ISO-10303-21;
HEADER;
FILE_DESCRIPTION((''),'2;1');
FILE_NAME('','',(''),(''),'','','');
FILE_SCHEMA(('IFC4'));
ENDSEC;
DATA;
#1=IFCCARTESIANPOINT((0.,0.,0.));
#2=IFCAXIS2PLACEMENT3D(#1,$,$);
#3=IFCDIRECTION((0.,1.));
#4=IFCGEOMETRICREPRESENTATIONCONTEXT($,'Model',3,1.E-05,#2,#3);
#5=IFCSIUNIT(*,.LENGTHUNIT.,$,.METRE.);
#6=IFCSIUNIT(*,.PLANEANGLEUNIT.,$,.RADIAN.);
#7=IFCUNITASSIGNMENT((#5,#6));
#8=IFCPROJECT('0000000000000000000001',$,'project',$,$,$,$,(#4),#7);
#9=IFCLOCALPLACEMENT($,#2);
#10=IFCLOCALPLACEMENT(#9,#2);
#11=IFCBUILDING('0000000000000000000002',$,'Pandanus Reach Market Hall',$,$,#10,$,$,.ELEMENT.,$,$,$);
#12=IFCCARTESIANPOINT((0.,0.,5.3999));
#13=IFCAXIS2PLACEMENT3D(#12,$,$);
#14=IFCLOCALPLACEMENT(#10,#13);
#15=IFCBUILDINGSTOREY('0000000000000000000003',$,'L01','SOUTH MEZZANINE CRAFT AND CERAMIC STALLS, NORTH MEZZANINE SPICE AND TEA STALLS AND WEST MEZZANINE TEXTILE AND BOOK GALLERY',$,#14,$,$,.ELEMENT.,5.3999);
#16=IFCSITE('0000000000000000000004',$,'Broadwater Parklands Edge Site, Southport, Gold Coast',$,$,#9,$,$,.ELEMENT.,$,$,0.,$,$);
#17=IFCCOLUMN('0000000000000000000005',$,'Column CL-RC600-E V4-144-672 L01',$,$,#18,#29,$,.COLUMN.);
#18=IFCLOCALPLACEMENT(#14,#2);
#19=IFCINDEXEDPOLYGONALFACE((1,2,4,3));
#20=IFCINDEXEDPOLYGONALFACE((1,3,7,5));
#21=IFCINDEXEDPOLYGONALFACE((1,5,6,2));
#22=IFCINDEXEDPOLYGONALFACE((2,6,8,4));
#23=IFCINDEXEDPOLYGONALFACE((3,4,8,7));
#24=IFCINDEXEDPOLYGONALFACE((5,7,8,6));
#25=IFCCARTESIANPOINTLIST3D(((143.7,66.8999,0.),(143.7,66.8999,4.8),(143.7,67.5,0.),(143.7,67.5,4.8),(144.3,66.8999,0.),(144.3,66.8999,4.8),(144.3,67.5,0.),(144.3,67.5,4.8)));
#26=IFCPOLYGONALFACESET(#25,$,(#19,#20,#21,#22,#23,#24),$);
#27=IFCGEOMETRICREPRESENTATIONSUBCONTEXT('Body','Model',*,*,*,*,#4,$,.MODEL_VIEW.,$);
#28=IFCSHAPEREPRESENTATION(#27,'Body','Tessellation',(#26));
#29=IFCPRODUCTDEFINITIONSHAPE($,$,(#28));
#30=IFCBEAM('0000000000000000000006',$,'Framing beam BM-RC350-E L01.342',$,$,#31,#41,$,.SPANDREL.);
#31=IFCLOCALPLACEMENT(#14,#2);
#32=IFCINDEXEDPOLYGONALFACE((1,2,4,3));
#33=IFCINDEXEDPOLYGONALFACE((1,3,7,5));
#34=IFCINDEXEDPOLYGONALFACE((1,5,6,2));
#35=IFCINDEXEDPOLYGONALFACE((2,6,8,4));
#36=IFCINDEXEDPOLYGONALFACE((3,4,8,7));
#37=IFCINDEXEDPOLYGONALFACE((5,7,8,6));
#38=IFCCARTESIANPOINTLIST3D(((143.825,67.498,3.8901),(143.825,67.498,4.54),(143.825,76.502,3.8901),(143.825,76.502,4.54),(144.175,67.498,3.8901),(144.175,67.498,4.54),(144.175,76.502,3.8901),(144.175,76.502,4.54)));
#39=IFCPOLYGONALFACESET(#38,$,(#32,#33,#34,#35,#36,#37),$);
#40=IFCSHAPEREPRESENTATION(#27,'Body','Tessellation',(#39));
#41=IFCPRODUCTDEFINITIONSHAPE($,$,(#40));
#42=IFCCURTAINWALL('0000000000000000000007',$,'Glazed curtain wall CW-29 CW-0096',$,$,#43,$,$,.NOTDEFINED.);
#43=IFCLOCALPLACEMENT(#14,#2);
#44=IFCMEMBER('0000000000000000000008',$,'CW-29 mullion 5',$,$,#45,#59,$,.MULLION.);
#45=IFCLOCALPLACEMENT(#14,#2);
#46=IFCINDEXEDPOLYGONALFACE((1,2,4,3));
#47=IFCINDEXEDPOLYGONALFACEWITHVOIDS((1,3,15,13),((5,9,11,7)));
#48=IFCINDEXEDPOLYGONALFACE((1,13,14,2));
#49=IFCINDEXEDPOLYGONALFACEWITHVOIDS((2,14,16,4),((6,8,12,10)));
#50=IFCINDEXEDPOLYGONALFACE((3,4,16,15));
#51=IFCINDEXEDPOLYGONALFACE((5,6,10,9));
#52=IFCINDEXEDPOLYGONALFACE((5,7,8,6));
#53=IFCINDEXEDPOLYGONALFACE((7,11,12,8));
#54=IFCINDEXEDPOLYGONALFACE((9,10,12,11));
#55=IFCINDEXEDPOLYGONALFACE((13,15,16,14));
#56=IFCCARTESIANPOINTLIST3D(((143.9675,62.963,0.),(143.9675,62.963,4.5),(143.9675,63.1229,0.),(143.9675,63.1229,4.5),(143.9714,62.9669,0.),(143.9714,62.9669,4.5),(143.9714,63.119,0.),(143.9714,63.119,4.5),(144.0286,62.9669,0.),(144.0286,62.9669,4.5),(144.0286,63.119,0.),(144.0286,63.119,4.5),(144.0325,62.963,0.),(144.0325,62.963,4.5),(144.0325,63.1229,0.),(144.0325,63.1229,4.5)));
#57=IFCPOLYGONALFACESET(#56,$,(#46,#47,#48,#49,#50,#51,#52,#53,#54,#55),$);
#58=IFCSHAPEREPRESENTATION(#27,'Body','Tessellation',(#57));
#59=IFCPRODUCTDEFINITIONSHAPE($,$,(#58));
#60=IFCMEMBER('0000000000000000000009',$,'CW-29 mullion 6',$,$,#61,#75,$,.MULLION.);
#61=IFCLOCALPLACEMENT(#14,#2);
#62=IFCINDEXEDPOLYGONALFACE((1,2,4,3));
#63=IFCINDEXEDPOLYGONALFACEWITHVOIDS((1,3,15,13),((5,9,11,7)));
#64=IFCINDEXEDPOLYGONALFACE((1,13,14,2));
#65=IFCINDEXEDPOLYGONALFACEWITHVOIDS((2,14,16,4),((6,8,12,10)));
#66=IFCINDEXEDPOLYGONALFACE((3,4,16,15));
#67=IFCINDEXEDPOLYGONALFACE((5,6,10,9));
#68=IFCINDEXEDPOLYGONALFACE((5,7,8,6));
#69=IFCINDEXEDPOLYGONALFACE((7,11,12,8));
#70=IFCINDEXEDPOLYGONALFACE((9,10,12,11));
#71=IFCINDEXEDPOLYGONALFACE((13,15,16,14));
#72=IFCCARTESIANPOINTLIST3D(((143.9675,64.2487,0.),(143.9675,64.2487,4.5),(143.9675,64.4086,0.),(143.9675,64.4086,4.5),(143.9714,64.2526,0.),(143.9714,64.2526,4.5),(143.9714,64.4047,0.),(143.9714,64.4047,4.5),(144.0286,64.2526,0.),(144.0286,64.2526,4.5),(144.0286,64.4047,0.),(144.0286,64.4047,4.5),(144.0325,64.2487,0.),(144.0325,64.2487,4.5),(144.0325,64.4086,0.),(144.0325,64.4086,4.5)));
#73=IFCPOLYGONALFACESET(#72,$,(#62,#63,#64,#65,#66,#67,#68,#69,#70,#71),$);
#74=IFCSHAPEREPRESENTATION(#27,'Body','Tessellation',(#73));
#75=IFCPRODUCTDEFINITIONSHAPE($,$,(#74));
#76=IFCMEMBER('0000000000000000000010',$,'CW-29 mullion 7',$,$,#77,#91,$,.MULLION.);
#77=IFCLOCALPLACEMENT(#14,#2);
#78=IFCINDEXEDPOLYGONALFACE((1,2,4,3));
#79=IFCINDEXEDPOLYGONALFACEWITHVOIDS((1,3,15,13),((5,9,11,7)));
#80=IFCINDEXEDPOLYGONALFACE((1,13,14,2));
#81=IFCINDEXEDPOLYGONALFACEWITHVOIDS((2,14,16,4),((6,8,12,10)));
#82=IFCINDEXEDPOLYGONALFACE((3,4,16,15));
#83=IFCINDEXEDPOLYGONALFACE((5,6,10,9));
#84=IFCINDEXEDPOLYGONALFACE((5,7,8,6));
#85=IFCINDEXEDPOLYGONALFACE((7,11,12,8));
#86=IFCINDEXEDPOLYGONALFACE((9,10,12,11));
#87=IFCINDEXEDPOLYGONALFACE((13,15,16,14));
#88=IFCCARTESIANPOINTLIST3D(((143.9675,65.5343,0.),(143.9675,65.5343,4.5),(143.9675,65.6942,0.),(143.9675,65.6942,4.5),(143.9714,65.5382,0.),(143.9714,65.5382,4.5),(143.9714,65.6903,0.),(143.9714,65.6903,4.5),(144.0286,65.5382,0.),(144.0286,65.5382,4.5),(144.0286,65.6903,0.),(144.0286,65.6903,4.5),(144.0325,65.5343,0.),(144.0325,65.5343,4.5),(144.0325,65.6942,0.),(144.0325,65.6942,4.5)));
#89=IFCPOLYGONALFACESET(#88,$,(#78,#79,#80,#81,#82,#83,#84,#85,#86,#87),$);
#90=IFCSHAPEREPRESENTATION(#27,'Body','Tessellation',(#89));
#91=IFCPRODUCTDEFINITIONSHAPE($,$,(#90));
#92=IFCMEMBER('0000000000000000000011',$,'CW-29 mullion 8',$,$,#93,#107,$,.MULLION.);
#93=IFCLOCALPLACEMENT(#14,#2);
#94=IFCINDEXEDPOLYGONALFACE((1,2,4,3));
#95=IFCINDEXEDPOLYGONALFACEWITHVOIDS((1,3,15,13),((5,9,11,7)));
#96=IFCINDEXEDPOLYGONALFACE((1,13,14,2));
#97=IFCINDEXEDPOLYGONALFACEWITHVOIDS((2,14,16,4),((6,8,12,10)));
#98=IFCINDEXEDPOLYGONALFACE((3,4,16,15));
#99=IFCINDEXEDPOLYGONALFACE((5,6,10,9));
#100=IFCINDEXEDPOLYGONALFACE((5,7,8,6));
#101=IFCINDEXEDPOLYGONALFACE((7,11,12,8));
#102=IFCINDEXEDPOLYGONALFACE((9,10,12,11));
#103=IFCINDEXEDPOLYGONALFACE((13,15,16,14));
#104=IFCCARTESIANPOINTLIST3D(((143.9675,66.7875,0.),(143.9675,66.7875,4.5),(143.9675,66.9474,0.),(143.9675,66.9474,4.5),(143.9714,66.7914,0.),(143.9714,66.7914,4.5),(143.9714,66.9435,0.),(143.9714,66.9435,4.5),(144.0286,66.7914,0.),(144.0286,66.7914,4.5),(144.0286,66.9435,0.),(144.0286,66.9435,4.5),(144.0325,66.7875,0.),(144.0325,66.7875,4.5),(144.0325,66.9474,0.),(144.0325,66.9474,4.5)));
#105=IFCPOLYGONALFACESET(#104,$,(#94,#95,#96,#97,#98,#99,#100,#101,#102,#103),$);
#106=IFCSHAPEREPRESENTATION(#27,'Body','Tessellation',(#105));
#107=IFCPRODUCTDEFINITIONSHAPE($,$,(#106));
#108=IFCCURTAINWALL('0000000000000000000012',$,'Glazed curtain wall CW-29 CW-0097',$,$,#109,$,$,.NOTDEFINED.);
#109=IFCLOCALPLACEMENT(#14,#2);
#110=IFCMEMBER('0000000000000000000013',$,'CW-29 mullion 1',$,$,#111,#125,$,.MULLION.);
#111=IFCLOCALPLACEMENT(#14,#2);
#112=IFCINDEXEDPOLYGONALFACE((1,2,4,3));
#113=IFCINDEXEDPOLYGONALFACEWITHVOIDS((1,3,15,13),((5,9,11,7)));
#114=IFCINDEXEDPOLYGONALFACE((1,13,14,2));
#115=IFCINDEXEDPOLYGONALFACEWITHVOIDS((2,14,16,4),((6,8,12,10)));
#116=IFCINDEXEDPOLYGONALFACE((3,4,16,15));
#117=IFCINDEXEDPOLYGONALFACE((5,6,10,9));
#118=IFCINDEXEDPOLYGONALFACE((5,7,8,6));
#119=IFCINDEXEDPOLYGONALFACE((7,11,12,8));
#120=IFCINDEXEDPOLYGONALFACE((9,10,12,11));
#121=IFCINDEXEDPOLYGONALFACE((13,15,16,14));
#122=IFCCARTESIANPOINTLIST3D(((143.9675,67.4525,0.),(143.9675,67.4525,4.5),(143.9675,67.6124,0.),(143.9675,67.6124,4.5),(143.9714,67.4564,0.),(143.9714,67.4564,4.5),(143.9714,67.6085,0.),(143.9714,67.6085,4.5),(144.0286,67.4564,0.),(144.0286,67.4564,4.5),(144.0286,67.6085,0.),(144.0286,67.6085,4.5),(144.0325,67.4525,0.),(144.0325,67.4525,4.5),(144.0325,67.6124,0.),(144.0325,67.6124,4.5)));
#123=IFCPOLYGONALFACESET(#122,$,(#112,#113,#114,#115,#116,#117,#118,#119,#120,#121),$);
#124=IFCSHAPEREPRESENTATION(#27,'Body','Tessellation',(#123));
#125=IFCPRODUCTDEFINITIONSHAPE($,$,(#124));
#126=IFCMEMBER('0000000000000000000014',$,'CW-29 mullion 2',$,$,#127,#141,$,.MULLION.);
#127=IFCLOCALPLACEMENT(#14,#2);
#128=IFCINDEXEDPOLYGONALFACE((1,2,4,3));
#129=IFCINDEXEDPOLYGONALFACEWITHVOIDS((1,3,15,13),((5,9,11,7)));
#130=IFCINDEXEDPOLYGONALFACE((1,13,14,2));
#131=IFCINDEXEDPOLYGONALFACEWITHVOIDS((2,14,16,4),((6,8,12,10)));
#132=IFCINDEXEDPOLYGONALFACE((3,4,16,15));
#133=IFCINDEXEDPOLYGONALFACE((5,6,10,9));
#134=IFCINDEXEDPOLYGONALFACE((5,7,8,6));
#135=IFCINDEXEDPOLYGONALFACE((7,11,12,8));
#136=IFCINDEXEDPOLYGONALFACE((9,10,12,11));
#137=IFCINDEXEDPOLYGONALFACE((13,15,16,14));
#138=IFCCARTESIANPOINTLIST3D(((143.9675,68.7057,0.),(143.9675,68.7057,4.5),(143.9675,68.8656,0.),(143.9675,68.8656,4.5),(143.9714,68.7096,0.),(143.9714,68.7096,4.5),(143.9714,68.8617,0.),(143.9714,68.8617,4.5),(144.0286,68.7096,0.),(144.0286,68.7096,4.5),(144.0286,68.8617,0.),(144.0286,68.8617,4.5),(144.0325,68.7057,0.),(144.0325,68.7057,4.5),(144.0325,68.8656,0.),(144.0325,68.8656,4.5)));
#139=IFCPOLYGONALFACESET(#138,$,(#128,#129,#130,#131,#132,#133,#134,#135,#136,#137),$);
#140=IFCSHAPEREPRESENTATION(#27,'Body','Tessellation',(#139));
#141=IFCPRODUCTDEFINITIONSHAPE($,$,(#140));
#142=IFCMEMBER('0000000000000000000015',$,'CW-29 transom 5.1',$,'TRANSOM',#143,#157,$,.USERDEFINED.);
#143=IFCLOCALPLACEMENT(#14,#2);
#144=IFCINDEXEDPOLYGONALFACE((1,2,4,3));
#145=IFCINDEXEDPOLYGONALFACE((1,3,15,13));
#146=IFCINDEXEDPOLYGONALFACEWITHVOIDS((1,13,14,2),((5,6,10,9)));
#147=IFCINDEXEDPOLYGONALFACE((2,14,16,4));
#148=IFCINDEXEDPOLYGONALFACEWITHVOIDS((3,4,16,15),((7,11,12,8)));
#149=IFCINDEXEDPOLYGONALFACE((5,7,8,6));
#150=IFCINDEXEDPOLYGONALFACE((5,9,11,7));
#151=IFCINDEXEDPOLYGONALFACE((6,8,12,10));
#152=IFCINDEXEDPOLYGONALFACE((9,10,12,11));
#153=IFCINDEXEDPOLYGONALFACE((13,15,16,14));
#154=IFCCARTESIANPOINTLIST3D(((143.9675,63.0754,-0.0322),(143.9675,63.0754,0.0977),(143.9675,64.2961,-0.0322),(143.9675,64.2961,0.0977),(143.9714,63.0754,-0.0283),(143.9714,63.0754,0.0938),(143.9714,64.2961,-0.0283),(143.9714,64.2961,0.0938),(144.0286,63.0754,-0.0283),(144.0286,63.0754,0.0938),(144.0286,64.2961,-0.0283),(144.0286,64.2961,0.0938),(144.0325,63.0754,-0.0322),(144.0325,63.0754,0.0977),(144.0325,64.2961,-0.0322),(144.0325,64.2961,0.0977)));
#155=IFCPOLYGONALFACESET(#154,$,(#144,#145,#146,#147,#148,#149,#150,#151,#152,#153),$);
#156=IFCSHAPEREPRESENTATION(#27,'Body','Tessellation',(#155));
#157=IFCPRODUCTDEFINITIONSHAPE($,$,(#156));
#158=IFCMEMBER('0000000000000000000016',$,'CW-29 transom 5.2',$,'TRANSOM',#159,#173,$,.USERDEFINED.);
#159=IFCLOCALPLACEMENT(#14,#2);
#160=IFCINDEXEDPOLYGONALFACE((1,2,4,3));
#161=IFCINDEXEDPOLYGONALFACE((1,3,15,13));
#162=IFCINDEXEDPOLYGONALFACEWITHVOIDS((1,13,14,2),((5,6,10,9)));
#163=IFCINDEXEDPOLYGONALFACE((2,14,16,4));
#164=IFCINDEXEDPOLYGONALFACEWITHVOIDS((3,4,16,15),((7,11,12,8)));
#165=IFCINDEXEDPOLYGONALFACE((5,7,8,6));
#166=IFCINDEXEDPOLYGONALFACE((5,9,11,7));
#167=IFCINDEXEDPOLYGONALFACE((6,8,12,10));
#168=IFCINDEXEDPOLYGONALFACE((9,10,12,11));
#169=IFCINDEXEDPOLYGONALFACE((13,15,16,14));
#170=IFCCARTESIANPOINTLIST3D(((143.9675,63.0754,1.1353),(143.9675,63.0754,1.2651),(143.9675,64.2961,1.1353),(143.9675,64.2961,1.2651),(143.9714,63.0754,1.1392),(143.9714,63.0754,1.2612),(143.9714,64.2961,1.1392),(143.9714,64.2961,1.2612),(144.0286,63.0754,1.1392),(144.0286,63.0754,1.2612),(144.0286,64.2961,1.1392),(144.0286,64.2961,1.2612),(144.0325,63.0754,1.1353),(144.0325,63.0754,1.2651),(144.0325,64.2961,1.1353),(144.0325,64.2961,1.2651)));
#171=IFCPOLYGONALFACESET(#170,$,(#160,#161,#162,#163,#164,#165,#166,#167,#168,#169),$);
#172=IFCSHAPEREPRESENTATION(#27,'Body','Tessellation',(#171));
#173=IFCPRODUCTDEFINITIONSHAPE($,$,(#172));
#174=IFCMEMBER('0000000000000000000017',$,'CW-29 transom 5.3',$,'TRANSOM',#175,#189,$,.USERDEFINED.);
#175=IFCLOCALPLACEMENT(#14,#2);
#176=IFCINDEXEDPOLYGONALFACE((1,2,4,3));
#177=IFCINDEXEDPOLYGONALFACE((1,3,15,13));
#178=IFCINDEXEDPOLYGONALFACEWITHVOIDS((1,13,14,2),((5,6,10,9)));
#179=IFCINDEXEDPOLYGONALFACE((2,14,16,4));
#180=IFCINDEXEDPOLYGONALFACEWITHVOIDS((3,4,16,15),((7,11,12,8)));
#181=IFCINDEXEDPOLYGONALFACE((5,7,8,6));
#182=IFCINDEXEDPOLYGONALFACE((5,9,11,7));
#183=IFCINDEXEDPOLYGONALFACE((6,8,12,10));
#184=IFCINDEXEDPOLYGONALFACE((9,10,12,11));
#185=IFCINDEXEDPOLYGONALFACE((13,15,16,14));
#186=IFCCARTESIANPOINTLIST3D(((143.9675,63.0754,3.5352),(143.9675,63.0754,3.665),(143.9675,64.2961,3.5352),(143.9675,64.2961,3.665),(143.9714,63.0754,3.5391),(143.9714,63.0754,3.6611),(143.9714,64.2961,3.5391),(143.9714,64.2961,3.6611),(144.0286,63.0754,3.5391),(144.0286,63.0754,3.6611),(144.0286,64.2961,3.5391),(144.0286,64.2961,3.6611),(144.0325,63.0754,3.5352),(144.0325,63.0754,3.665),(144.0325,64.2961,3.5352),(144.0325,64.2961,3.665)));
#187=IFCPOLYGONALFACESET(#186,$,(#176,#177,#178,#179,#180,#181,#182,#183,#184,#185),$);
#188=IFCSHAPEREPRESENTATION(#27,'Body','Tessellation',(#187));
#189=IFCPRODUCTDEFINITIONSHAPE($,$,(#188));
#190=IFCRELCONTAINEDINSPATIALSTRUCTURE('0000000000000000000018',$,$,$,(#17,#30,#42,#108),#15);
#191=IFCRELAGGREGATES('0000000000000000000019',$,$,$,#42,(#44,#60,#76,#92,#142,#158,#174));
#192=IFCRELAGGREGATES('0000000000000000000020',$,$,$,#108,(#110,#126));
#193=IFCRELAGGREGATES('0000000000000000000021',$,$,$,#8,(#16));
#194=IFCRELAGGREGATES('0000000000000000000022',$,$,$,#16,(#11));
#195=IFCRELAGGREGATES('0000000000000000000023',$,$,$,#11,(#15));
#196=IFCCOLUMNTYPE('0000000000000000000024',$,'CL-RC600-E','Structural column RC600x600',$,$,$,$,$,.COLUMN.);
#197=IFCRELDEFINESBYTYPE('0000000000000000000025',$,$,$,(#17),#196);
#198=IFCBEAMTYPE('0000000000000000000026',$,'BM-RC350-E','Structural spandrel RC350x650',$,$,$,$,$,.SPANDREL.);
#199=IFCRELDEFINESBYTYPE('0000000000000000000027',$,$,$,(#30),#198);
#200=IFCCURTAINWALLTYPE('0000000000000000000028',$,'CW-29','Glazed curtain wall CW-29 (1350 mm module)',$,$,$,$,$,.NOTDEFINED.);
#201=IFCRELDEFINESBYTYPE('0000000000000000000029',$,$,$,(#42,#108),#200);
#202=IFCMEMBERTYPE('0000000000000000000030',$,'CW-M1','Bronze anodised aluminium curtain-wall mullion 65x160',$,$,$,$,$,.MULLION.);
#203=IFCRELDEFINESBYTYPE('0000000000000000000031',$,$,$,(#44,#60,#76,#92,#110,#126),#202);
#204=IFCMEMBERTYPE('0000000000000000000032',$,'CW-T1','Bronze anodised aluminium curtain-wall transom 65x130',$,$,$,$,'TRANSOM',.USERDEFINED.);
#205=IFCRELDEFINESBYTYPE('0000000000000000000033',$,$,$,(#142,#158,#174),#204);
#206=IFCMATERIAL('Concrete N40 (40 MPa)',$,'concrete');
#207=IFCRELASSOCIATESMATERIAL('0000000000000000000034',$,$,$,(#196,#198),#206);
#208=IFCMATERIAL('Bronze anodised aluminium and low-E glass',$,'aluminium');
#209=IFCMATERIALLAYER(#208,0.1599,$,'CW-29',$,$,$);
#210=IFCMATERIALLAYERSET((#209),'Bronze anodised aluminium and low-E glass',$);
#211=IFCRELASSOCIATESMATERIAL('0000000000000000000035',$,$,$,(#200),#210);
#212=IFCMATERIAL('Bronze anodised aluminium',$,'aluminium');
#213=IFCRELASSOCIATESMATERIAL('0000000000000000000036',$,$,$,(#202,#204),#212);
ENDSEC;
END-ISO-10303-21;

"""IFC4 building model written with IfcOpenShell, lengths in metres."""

from ifc_helpers import new_model, si_unit, direction, frame, origin, origin_2d, place, context, subcontext, project, spatial, rectangle, hollow_rectangle, extrude, material, layer, layer_set, material_profile, profile_set, type_object, element, aggregate, save


model = new_model("IFC4")

# Units and contexts
model_context = context("Model", 3, precision=1e-05, world=origin(), true_north=direction((0.0, 1.0)))
body_context = subcontext(model_context, "Body", "Model", "MODEL_VIEW")
ifc_project = project(units=[si_unit("LENGTHUNIT", "METRE"), si_unit("PLANEANGLEUNIT", "RADIAN")], contexts=[model_context])

# Site, building, storey
site_placement = place(None, origin())
site = spatial("IfcSite", under=ifc_project, at=site_placement, Name="Broadwater Parklands Edge Site, Southport, Gold Coast", CompositionType="ELEMENT", RefElevation=0.0)
building_placement = place(site_placement, origin())
building = spatial("IfcBuilding", under=site, at=building_placement, Name="Pandanus Reach Market Hall", CompositionType="ELEMENT")
storey_placement = place(building_placement, frame((0.0, 0.0, 5.3999)))
storey = spatial("IfcBuildingStorey", under=building, at=storey_placement, Name="L01", Description="SOUTH MEZZANINE CRAFT AND CERAMIC STALLS, NORTH MEZZANINE SPICE AND TEA STALLS AND WEST MEZZANINE TEXTILE AND BOOK GALLERY", CompositionType="ELEMENT", Elevation=5.3999)

# Column
ifc_material_1 = material(Name="Concrete N40 (40 MPa)", Category="concrete")
ifc_material_profile_1 = material_profile(ifc_material_1, rectangle(XDim=0.6001, YDim=0.6001, at=origin_2d()), Name="RC600x600", Category="LoadBearing")
ifc_profile_set_1 = profile_set([ifc_material_profile_1], Name="Concrete N40 (40 MPa)")
column_type = type_object("IfcColumnType", Name="CL-RC600-E", Description="Structural column RC600x600", PredefinedType="COLUMN", material=ifc_profile_set_1)
column_placement = place(storey_placement, frame((144.0, 67.2, 0.0), z_axis=(0.0, 0.0, 1.0), x_axis=(1.0, 0.0, 0.0)))
element("IfcColumn", 1, at=column_placement, inside=storey, type_object=column_type, Name="Column CL-RC600-E V4-144-672 L01", PredefinedType="COLUMN", context=body_context, shape_type="SweptSolid", body=[
    extrude(rectangle(XDim=0.6001, YDim=0.6001, at=origin_2d()), origin(), (0.0, 0.0, 1.0), 4.8),
])

# Beam
ifc_material_profile_2 = material_profile(ifc_material_1, rectangle(XDim=0.3501, YDim=0.6499, at=origin_2d()), Name="RC350x650", Category="LoadBearing")
ifc_profile_set_2 = profile_set([ifc_material_profile_2], Name="Concrete N40 (40 MPa)")
beam_type = type_object("IfcBeamType", Name="BM-RC350-E", Description="Structural spandrel RC350x650", PredefinedType="SPANDREL", material=ifc_profile_set_2)
beam_placement = place(storey_placement, frame((144.0, 67.498, 4.2151), z_axis=(0.0, 1.0, 0.0), x_axis=(-1.0, 0.0, 0.0)))
element("IfcBeam", 2, at=beam_placement, inside=storey, type_object=beam_type, Name="Framing beam BM-RC350-E L01.342", PredefinedType="SPANDREL", context=body_context, shape_type="SweptSolid", body=[
    extrude(rectangle(XDim=0.3501, YDim=0.6499, at=origin_2d()), origin(), (0.0, 0.0, 1.0), 9.0039),
])

# Curtain walls, members
ifc_material_2 = material(Name="Bronze anodised aluminium and low-E glass", Category="aluminium")
ifc_layer_1 = layer(ifc_material_2, 0.1599, Name="CW-29")
ifc_layer_set_1 = layer_set([ifc_layer_1], Name="Bronze anodised aluminium and low-E glass")
curtain_wall_type = type_object("IfcCurtainWallType", Name="CW-29", Description="Glazed curtain wall CW-29 (1350 mm module)", PredefinedType="NOTDEFINED", material=ifc_layer_set_1)
curtain_wall_1_placement = place(storey_placement, origin())
curtain_wall_1 = element("IfcCurtainWall", 3, at=curtain_wall_1_placement, inside=storey, type_object=curtain_wall_type, Name="Glazed curtain wall CW-29 CW-0096", PredefinedType="NOTDEFINED")
ifc_material_3 = material(Name="Bronze anodised aluminium", Category="aluminium")
ifc_material_profile_3 = material_profile(ifc_material_3, hollow_rectangle(XDim=0.0649, YDim=0.1599, WallThickness=0.0039, at=origin_2d()), Name="ALU65x160", Category="LoadBearing")
ifc_profile_set_3 = profile_set([ifc_material_profile_3], Name="Bronze anodised aluminium")
member_type_1 = type_object("IfcMemberType", Name="CW-M1", Description="Bronze anodised aluminium curtain-wall mullion 65x160", PredefinedType="MULLION", material=ifc_profile_set_3)
member_1_placement = place(storey_placement, frame((144.0, 63.043, 0.0), z_axis=(0.0, 0.0, 1.0), x_axis=(-1.0, 0.0, 0.0)))
member_1 = element("IfcMember", 4, at=member_1_placement, type_object=member_type_1, Name="CW-29 mullion 5", PredefinedType="MULLION", context=body_context, shape_type="SweptSolid", body=[
    extrude(hollow_rectangle(XDim=0.0649, YDim=0.1599, WallThickness=0.0039, at=origin_2d()), origin(), (0.0, 0.0, 1.0), 4.5),
])
member_2_placement = place(storey_placement, frame((144.0, 64.3286, 0.0), z_axis=(0.0, 0.0, 1.0), x_axis=(-1.0, 0.0, 0.0)))
member_2 = element("IfcMember", 5, at=member_2_placement, type_object=member_type_1, Name="CW-29 mullion 6", PredefinedType="MULLION", context=body_context, shape_type="SweptSolid", body=[
    extrude(hollow_rectangle(XDim=0.0649, YDim=0.1599, WallThickness=0.0039, at=origin_2d()), origin(), (0.0, 0.0, 1.0), 4.5),
])
member_3_placement = place(storey_placement, frame((144.0, 65.6143, 0.0), z_axis=(0.0, 0.0, 1.0), x_axis=(-1.0, 0.0, 0.0)))
member_3 = element("IfcMember", 6, at=member_3_placement, type_object=member_type_1, Name="CW-29 mullion 7", PredefinedType="MULLION", context=body_context, shape_type="SweptSolid", body=[
    extrude(hollow_rectangle(XDim=0.0649, YDim=0.1599, WallThickness=0.0039, at=origin_2d()), origin(), (0.0, 0.0, 1.0), 4.5),
])
member_4_placement = place(storey_placement, frame((144.0, 66.8674, 0.0), z_axis=(0.0, 0.0, 1.0), x_axis=(-1.0, 0.0, 0.0)))
member_4 = element("IfcMember", 7, at=member_4_placement, type_object=member_type_1, Name="CW-29 mullion 8", PredefinedType="MULLION", context=body_context, shape_type="SweptSolid", body=[
    extrude(hollow_rectangle(XDim=0.0649, YDim=0.1599, WallThickness=0.0039, at=origin_2d()), origin(), (0.0, 0.0, 1.0), 4.5),
])
curtain_wall_2_placement = place(storey_placement, origin())
curtain_wall_2 = element("IfcCurtainWall", 8, at=curtain_wall_2_placement, inside=storey, type_object=curtain_wall_type, Name="Glazed curtain wall CW-29 CW-0097", PredefinedType="NOTDEFINED")
member_5_placement = place(storey_placement, frame((144.0, 67.5325, 0.0), z_axis=(0.0, 0.0, 1.0), x_axis=(-1.0, 0.0, 0.0)))
member_5 = element("IfcMember", 9, at=member_5_placement, type_object=member_type_1, Name="CW-29 mullion 1", PredefinedType="MULLION", context=body_context, shape_type="SweptSolid", body=[
    extrude(hollow_rectangle(XDim=0.0649, YDim=0.1599, WallThickness=0.0039, at=origin_2d()), origin(), (0.0, 0.0, 1.0), 4.5),
])
member_6_placement = place(storey_placement, frame((144.0, 68.7856, 0.0), z_axis=(0.0, 0.0, 1.0), x_axis=(-1.0, 0.0, 0.0)))
member_6 = element("IfcMember", 10, at=member_6_placement, type_object=member_type_1, Name="CW-29 mullion 2", PredefinedType="MULLION", context=body_context, shape_type="SweptSolid", body=[
    extrude(hollow_rectangle(XDim=0.0649, YDim=0.1599, WallThickness=0.0039, at=origin_2d()), origin(), (0.0, 0.0, 1.0), 4.5),
])

# Members
ifc_material_profile_4 = material_profile(ifc_material_3, hollow_rectangle(XDim=0.0649, YDim=0.1299, WallThickness=0.0039, at=origin_2d()), Name="ALU65x130", Category="LoadBearing")
ifc_profile_set_4 = profile_set([ifc_material_profile_4], Name="Bronze anodised aluminium")
member_type_2 = type_object("IfcMemberType", Name="CW-T1", Description="Bronze anodised aluminium curtain-wall transom 65x130", ElementType="TRANSOM", PredefinedType="USERDEFINED", material=ifc_profile_set_4)
member_7_placement = place(storey_placement, frame((144.0, 63.0754, 0.0327), z_axis=(0.0, 1.0, 0.0), x_axis=(-1.0, 0.0, 0.0)))
member_7 = element("IfcMember", 11, at=member_7_placement, type_object=member_type_2, Name="CW-29 transom 5.1", ObjectType="TRANSOM", PredefinedType="USERDEFINED", context=body_context, shape_type="SweptSolid", body=[
    extrude(hollow_rectangle(XDim=0.0649, YDim=0.1299, WallThickness=0.0039, at=origin_2d()), origin(), (0.0, 0.0, 1.0), 1.2207),
])
member_8_placement = place(storey_placement, frame((144.0, 63.0754, 1.2002), z_axis=(0.0, 1.0, 0.0), x_axis=(-1.0, 0.0, 0.0)))
member_8 = element("IfcMember", 12, at=member_8_placement, type_object=member_type_2, Name="CW-29 transom 5.2", ObjectType="TRANSOM", PredefinedType="USERDEFINED", context=body_context, shape_type="SweptSolid", body=[
    extrude(hollow_rectangle(XDim=0.0649, YDim=0.1299, WallThickness=0.0039, at=origin_2d()), origin(), (0.0, 0.0, 1.0), 1.2207),
])
member_9_placement = place(storey_placement, frame((144.0, 63.0754, 3.6001), z_axis=(0.0, 1.0, 0.0), x_axis=(-1.0, 0.0, 0.0)))
member_9 = element("IfcMember", 13, at=member_9_placement, type_object=member_type_2, Name="CW-29 transom 5.3", ObjectType="TRANSOM", PredefinedType="USERDEFINED", context=body_context, shape_type="SweptSolid", body=[
    extrude(hollow_rectangle(XDim=0.0649, YDim=0.1299, WallThickness=0.0039, at=origin_2d()), origin(), (0.0, 0.0, 1.0), 1.2207),
])

aggregate(curtain_wall_1, [member_1, member_2, member_3, member_4, member_7, member_8, member_9])
aggregate(curtain_wall_2, [member_5, member_6])

save(model, "model.ifc")
